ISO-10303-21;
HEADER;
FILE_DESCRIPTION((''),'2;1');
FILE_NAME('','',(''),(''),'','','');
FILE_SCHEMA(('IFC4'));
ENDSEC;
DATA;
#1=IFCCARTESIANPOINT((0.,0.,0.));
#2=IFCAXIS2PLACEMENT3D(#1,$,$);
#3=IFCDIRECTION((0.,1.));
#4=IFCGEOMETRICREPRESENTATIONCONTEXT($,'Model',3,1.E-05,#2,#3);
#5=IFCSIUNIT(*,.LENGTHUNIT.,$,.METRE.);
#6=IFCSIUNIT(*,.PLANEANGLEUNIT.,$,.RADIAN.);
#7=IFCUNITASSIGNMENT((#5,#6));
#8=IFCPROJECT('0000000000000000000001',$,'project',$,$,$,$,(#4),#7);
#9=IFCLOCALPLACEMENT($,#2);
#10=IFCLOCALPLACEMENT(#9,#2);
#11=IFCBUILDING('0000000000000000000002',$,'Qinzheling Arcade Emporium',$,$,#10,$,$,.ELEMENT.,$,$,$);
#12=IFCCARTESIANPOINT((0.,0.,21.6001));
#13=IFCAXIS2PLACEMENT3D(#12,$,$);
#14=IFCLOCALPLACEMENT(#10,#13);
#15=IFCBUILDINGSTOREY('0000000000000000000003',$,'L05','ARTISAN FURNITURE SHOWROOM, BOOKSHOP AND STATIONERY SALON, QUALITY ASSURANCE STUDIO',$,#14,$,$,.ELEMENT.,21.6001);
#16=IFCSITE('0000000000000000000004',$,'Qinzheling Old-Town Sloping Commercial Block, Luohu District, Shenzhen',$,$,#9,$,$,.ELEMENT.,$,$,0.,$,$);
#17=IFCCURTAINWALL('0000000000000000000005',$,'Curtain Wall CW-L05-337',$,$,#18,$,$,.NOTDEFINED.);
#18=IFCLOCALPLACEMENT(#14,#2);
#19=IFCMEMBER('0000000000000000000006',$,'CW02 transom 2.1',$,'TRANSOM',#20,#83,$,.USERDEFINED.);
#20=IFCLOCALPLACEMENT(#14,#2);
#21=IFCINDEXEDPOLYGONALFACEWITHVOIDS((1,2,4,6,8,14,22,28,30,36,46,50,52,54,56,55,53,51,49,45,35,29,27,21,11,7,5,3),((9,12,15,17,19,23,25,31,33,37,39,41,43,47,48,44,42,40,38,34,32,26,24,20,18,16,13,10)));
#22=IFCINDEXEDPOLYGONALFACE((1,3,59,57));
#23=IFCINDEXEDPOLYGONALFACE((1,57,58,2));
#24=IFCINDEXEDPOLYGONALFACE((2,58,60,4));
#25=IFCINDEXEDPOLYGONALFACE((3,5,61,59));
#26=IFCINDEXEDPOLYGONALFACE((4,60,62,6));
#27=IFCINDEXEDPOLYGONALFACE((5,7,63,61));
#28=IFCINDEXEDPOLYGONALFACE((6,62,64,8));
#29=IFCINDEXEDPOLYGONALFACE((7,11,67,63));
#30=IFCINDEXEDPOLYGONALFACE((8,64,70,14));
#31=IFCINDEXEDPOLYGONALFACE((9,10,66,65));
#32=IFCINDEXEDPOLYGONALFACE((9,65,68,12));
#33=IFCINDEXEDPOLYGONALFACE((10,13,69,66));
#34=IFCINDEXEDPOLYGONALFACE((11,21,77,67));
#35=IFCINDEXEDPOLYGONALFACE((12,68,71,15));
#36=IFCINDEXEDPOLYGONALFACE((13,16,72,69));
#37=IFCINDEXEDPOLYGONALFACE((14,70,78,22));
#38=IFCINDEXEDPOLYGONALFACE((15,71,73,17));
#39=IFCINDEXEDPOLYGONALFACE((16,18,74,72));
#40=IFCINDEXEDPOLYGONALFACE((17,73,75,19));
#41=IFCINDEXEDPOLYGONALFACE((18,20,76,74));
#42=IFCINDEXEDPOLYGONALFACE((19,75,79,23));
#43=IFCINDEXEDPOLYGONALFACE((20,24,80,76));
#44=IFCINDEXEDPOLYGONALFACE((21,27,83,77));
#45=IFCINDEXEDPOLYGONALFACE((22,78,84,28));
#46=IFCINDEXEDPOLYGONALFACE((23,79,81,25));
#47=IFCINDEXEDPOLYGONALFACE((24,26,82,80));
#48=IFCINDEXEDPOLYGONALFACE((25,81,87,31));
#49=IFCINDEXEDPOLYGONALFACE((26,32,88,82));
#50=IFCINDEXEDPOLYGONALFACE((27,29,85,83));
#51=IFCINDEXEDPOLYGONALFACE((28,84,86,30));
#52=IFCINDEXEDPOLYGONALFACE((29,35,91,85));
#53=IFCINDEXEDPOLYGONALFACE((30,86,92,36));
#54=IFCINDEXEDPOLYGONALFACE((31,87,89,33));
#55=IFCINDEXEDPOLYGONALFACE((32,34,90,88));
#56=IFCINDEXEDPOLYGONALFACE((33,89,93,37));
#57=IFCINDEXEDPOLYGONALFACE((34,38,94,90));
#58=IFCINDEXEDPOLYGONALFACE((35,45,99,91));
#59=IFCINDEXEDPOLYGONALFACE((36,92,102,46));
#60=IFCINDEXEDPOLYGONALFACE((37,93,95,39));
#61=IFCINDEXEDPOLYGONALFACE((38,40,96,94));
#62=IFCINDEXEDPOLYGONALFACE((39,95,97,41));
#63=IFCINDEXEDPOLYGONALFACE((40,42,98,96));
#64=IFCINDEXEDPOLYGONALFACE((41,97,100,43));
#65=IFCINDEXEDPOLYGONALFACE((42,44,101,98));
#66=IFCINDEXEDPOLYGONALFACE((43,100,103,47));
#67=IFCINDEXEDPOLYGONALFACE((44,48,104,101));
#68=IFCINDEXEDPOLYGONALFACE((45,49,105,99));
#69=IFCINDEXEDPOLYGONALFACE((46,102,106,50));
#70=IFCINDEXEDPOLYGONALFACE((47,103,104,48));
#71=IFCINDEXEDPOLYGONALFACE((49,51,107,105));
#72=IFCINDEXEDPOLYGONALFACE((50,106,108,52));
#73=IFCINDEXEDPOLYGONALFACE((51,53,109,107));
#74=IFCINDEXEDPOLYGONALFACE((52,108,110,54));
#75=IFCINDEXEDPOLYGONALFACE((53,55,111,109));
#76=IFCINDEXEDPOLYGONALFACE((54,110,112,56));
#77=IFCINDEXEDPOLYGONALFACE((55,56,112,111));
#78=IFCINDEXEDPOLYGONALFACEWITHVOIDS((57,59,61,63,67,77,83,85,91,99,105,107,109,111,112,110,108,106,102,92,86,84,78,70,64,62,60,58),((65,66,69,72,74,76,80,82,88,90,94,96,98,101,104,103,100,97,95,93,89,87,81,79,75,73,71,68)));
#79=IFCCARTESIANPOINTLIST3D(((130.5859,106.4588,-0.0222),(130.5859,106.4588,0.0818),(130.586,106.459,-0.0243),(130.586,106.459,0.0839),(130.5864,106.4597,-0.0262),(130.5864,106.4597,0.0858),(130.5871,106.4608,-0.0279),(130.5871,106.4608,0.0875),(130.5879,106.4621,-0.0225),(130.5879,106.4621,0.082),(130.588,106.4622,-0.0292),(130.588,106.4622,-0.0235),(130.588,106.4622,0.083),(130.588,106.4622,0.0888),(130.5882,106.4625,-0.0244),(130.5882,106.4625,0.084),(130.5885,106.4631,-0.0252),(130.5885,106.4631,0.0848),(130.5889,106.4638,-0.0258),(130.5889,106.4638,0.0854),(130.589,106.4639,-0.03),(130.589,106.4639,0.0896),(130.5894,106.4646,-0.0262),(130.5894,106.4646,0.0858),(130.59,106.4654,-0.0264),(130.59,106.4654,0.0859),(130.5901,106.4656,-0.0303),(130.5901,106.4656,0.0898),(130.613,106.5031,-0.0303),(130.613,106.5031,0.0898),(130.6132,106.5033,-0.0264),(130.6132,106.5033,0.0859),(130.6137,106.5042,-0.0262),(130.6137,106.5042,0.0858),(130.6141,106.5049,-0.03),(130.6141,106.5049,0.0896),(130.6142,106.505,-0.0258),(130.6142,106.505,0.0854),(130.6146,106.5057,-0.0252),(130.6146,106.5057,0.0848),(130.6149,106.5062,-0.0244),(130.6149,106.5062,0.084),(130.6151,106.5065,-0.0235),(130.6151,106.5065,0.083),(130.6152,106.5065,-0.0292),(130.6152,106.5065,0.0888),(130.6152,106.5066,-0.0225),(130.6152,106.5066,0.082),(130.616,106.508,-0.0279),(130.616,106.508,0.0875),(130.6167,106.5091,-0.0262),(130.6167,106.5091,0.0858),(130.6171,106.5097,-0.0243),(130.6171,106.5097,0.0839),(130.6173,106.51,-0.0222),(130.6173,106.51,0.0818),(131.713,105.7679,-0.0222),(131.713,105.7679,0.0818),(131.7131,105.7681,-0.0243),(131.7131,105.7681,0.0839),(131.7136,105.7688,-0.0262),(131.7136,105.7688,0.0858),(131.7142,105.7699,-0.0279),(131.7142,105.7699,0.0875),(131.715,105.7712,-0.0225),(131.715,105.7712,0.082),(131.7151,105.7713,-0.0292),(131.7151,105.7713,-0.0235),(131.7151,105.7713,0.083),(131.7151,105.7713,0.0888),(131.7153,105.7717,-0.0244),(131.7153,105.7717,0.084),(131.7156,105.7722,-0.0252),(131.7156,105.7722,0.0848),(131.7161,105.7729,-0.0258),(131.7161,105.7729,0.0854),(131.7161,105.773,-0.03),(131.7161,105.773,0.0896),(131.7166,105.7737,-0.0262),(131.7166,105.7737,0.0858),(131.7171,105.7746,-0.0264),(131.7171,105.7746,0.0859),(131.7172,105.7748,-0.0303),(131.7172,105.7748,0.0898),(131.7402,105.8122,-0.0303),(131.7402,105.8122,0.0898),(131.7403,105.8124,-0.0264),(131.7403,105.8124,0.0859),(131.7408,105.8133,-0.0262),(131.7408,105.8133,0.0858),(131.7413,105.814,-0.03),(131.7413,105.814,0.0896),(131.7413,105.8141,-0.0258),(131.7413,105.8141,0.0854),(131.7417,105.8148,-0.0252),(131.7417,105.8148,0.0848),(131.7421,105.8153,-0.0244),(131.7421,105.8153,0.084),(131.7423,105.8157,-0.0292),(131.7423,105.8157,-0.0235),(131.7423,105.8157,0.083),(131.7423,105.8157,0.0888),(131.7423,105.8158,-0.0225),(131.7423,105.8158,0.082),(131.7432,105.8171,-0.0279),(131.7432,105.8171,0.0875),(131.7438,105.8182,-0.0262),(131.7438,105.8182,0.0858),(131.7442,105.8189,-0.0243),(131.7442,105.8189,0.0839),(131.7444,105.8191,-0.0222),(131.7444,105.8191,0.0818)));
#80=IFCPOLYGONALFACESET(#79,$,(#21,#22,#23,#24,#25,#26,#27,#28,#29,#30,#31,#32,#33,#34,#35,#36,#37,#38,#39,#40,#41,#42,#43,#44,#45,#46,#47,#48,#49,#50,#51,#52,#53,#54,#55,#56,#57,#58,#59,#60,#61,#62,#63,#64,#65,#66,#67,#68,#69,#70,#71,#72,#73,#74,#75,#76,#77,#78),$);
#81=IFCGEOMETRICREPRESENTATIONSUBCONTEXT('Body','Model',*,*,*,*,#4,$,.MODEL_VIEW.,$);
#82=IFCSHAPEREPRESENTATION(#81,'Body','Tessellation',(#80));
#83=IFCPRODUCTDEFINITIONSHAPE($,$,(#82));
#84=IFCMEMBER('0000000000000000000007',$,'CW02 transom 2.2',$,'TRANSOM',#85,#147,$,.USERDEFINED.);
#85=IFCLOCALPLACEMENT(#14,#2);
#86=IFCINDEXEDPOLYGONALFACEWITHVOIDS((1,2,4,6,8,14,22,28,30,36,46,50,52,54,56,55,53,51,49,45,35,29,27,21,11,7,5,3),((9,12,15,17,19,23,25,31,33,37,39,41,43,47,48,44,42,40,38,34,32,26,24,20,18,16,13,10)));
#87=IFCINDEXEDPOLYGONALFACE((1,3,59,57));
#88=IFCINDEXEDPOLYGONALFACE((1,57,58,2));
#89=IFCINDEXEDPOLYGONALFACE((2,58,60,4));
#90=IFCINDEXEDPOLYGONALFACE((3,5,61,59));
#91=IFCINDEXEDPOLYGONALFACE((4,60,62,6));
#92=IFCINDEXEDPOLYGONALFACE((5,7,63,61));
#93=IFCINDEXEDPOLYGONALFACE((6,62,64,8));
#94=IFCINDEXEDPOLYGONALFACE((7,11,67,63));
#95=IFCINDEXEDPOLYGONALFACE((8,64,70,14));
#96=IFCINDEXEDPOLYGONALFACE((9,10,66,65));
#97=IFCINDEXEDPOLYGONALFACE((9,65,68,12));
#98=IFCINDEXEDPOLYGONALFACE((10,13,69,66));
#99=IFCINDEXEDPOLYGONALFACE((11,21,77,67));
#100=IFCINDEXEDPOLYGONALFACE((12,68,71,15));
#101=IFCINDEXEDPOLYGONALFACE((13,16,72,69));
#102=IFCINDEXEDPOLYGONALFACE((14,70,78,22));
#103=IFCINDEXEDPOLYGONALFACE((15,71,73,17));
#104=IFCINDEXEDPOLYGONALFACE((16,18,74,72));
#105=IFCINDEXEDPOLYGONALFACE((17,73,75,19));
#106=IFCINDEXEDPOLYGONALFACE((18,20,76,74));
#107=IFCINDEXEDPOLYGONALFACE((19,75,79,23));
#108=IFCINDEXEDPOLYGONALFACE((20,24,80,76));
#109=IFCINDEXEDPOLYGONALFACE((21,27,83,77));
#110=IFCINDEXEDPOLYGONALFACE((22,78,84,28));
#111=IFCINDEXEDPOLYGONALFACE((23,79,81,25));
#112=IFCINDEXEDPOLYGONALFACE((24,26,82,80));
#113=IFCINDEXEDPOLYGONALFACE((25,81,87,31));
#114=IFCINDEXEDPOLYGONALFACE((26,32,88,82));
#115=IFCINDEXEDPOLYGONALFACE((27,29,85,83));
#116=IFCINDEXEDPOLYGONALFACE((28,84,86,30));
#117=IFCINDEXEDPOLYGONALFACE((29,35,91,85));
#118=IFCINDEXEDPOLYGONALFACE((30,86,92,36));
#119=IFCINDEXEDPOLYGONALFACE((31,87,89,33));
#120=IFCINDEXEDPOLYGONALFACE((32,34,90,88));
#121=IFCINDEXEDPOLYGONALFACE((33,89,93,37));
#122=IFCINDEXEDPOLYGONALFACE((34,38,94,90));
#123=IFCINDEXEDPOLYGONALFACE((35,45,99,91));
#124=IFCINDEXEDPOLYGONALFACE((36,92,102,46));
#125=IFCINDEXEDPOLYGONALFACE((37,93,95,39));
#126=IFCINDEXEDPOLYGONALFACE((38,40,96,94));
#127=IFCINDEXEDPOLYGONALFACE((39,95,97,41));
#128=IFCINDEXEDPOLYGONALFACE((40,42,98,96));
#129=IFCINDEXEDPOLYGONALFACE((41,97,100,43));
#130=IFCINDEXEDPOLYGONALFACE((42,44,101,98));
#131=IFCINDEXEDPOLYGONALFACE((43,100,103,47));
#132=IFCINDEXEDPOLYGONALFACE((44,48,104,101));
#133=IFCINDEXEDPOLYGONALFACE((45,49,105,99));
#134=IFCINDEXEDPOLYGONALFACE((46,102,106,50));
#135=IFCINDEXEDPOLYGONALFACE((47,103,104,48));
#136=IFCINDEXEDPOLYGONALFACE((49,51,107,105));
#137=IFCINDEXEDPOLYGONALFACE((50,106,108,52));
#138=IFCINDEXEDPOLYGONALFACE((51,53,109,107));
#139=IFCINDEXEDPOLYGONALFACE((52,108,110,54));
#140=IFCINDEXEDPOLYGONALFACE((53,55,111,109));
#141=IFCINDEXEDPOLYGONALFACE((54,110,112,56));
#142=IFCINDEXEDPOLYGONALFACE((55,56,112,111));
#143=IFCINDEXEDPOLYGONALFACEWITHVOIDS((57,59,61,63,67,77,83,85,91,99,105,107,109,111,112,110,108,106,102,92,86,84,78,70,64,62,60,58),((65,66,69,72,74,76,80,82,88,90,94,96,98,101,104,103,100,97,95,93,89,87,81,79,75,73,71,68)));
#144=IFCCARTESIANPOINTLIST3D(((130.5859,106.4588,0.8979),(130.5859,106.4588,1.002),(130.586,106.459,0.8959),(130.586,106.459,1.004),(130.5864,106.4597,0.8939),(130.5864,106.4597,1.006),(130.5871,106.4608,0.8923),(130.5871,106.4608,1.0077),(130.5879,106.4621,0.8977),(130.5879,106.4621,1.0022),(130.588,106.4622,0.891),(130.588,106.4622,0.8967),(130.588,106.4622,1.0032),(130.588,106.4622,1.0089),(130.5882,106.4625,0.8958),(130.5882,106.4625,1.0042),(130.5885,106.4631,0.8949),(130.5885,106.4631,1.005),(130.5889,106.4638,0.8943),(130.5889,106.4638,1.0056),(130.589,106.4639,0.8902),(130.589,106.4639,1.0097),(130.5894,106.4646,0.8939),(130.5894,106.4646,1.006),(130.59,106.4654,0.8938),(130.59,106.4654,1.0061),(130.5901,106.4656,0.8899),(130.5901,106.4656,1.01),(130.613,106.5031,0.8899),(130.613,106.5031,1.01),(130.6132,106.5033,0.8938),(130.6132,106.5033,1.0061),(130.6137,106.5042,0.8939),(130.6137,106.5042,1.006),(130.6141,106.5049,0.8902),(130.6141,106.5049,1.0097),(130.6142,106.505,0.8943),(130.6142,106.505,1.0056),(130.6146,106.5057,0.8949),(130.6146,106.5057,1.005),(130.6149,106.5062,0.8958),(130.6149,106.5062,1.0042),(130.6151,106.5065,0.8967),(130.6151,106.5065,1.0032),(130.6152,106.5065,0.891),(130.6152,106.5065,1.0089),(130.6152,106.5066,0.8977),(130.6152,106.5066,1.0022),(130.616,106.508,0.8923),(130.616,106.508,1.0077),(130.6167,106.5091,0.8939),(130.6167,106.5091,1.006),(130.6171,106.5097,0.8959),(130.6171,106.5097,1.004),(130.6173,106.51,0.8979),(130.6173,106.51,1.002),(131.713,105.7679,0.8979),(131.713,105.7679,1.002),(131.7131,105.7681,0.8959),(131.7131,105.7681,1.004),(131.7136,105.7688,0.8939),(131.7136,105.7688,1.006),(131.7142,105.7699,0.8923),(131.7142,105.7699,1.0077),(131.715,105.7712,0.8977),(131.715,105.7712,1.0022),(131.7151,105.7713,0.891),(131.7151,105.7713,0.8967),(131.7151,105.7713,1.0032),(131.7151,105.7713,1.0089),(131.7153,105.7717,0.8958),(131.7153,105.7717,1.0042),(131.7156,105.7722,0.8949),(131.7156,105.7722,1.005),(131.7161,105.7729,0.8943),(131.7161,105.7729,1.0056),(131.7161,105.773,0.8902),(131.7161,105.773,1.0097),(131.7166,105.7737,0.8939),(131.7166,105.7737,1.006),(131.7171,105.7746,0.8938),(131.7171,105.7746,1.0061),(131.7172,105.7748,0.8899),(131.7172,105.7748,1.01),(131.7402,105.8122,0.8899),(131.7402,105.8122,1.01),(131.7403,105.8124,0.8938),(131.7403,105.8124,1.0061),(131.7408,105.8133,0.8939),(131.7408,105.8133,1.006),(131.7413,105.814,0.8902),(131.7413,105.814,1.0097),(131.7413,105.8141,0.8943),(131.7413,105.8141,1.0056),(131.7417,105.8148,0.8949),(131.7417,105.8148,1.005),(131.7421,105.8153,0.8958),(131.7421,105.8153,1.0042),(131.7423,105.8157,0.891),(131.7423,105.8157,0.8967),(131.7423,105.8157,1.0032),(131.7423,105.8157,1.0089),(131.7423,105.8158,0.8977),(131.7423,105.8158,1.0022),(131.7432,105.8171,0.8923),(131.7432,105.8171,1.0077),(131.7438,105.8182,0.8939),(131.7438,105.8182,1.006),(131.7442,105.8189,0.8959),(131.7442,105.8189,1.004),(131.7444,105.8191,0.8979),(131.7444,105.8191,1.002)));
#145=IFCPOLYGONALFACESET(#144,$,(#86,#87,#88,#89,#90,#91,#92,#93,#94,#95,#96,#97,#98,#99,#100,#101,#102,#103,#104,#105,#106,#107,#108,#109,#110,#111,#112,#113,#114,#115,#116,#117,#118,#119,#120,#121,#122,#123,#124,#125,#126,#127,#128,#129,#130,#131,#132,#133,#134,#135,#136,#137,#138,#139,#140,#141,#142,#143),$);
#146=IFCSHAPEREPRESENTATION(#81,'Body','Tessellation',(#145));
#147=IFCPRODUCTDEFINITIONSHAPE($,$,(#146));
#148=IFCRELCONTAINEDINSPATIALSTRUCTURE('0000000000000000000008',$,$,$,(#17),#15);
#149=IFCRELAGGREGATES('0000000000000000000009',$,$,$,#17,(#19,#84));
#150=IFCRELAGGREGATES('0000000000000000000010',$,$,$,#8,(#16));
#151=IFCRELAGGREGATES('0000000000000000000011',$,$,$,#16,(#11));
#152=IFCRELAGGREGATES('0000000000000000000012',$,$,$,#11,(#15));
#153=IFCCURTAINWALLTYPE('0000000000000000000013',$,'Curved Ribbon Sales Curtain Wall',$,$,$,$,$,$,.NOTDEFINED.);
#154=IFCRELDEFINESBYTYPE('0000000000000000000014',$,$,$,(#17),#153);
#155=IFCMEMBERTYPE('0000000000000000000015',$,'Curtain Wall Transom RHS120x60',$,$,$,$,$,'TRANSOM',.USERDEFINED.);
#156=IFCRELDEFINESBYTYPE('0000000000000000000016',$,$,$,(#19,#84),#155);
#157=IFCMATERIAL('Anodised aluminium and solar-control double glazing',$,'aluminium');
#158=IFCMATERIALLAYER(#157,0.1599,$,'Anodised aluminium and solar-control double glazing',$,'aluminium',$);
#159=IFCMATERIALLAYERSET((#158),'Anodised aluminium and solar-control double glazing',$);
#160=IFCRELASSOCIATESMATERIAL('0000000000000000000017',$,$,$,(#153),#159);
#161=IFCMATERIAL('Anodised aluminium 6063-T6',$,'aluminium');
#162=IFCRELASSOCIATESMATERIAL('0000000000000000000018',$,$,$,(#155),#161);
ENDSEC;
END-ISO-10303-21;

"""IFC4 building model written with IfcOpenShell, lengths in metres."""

from ifc_helpers import new_model, si_unit, direction, frame, origin, origin_2d, place, context, subcontext, project, spatial, hollow_rectangle, extrude, material, layer, layer_set, material_profile, profile_set, type_object, element, aggregate, save


model = new_model("IFC4")

# Units and contexts
model_context = context("Model", 3, precision=1e-05, world=origin(), true_north=direction((0.0, 1.0)))
body_context = subcontext(model_context, "Body", "Model", "MODEL_VIEW")
ifc_project = project(units=[si_unit("LENGTHUNIT", "METRE"), si_unit("PLANEANGLEUNIT", "RADIAN")], contexts=[model_context])

# Site, building, storey
site_placement = place(None, origin())
site = spatial("IfcSite", under=ifc_project, at=site_placement, Name="Qinzheling Old-Town Sloping Commercial Block, Luohu District, Shenzhen", CompositionType="ELEMENT", RefElevation=0.0)
building_placement = place(site_placement, origin())
building = spatial("IfcBuilding", under=site, at=building_placement, Name="Qinzheling Arcade Emporium", CompositionType="ELEMENT")
storey_placement = place(building_placement, frame((0.0, 0.0, 21.6001)))
storey = spatial("IfcBuildingStorey", under=building, at=storey_placement, Name="L05", Description="ARTISAN FURNITURE SHOWROOM, BOOKSHOP AND STATIONERY SALON, QUALITY ASSURANCE STUDIO", CompositionType="ELEMENT", Elevation=21.6001)

# Shared definitions
ifc_material_1 = material(Name="Anodised aluminium and solar-control double glazing", Category="aluminium")
ifc_layer_1 = layer(ifc_material_1, 0.1599, Name="Anodised aluminium and solar-control double glazing", Category="aluminium")
ifc_layer_set_1 = layer_set([ifc_layer_1], Name="Anodised aluminium and solar-control double glazing")
curtain_wall_type = type_object("IfcCurtainWallType", Name="Curved Ribbon Sales Curtain Wall", PredefinedType="NOTDEFINED", material=ifc_layer_set_1)
ifc_material_2 = material(Name="Anodised aluminium 6063-T6", Category="aluminium")

# Curtain wall
curtain_wall_1_placement = place(storey_placement, origin())
curtain_wall_1 = element("IfcCurtainWall", 1, at=curtain_wall_1_placement, inside=storey, type_object=curtain_wall_type, Name="Curtain Wall CW-L05-337", PredefinedType="NOTDEFINED")

# Members
ifc_material_profile_1 = material_profile(ifc_material_2, hollow_rectangle(XDim=0.0601, YDim=0.1201, WallThickness=0.0039, InnerFilletRadius=0.0039, OuterFilletRadius=0.0081, at=origin_2d()), Name="RHS 120x60x4", Category="aluminium")
ifc_profile_set_1 = profile_set([ifc_material_profile_1], Name="Anodised aluminium 6063-T6")
member_type_1 = type_object("IfcMemberType", Name="Curtain Wall Transom RHS120x60", ElementType="TRANSOM", PredefinedType="USERDEFINED", material=ifc_profile_set_1)
member_1_placement = place(storey_placement, frame((130.6016, 106.4844, 0.0298), z_axis=(0.852583, -0.522592, 0.0), x_axis=(0.522592, 0.852583, 0.0)))
member_1 = element("IfcMember", 2, at=member_1_placement, type_object=member_type_1, Name="CW02 transom 2.1", ObjectType="TRANSOM", PredefinedType="USERDEFINED", context=body_context, shape_type="SweptSolid", body=[
    extrude(hollow_rectangle(XDim=0.0601, YDim=0.1201, WallThickness=0.0039, InnerFilletRadius=0.0039, OuterFilletRadius=0.0081, at=origin_2d()), origin(), (0.0, 0.0, 1.0), 1.322),
])
member_2_placement = place(storey_placement, frame((130.6016, 106.4844, 0.95), z_axis=(0.852583, -0.522592, 0.0), x_axis=(0.522592, 0.852583, 0.0)))
member_2 = element("IfcMember", 3, at=member_2_placement, type_object=member_type_1, Name="CW02 transom 2.2", ObjectType="TRANSOM", PredefinedType="USERDEFINED", context=body_context, shape_type="SweptSolid", body=[
    extrude(hollow_rectangle(XDim=0.0601, YDim=0.1201, WallThickness=0.0039, InnerFilletRadius=0.0039, OuterFilletRadius=0.0081, at=origin_2d()), origin(), (0.0, 0.0, 1.0), 1.322),
])

aggregate(curtain_wall_1, [member_1, member_2])

save(model, "model.ifc")
